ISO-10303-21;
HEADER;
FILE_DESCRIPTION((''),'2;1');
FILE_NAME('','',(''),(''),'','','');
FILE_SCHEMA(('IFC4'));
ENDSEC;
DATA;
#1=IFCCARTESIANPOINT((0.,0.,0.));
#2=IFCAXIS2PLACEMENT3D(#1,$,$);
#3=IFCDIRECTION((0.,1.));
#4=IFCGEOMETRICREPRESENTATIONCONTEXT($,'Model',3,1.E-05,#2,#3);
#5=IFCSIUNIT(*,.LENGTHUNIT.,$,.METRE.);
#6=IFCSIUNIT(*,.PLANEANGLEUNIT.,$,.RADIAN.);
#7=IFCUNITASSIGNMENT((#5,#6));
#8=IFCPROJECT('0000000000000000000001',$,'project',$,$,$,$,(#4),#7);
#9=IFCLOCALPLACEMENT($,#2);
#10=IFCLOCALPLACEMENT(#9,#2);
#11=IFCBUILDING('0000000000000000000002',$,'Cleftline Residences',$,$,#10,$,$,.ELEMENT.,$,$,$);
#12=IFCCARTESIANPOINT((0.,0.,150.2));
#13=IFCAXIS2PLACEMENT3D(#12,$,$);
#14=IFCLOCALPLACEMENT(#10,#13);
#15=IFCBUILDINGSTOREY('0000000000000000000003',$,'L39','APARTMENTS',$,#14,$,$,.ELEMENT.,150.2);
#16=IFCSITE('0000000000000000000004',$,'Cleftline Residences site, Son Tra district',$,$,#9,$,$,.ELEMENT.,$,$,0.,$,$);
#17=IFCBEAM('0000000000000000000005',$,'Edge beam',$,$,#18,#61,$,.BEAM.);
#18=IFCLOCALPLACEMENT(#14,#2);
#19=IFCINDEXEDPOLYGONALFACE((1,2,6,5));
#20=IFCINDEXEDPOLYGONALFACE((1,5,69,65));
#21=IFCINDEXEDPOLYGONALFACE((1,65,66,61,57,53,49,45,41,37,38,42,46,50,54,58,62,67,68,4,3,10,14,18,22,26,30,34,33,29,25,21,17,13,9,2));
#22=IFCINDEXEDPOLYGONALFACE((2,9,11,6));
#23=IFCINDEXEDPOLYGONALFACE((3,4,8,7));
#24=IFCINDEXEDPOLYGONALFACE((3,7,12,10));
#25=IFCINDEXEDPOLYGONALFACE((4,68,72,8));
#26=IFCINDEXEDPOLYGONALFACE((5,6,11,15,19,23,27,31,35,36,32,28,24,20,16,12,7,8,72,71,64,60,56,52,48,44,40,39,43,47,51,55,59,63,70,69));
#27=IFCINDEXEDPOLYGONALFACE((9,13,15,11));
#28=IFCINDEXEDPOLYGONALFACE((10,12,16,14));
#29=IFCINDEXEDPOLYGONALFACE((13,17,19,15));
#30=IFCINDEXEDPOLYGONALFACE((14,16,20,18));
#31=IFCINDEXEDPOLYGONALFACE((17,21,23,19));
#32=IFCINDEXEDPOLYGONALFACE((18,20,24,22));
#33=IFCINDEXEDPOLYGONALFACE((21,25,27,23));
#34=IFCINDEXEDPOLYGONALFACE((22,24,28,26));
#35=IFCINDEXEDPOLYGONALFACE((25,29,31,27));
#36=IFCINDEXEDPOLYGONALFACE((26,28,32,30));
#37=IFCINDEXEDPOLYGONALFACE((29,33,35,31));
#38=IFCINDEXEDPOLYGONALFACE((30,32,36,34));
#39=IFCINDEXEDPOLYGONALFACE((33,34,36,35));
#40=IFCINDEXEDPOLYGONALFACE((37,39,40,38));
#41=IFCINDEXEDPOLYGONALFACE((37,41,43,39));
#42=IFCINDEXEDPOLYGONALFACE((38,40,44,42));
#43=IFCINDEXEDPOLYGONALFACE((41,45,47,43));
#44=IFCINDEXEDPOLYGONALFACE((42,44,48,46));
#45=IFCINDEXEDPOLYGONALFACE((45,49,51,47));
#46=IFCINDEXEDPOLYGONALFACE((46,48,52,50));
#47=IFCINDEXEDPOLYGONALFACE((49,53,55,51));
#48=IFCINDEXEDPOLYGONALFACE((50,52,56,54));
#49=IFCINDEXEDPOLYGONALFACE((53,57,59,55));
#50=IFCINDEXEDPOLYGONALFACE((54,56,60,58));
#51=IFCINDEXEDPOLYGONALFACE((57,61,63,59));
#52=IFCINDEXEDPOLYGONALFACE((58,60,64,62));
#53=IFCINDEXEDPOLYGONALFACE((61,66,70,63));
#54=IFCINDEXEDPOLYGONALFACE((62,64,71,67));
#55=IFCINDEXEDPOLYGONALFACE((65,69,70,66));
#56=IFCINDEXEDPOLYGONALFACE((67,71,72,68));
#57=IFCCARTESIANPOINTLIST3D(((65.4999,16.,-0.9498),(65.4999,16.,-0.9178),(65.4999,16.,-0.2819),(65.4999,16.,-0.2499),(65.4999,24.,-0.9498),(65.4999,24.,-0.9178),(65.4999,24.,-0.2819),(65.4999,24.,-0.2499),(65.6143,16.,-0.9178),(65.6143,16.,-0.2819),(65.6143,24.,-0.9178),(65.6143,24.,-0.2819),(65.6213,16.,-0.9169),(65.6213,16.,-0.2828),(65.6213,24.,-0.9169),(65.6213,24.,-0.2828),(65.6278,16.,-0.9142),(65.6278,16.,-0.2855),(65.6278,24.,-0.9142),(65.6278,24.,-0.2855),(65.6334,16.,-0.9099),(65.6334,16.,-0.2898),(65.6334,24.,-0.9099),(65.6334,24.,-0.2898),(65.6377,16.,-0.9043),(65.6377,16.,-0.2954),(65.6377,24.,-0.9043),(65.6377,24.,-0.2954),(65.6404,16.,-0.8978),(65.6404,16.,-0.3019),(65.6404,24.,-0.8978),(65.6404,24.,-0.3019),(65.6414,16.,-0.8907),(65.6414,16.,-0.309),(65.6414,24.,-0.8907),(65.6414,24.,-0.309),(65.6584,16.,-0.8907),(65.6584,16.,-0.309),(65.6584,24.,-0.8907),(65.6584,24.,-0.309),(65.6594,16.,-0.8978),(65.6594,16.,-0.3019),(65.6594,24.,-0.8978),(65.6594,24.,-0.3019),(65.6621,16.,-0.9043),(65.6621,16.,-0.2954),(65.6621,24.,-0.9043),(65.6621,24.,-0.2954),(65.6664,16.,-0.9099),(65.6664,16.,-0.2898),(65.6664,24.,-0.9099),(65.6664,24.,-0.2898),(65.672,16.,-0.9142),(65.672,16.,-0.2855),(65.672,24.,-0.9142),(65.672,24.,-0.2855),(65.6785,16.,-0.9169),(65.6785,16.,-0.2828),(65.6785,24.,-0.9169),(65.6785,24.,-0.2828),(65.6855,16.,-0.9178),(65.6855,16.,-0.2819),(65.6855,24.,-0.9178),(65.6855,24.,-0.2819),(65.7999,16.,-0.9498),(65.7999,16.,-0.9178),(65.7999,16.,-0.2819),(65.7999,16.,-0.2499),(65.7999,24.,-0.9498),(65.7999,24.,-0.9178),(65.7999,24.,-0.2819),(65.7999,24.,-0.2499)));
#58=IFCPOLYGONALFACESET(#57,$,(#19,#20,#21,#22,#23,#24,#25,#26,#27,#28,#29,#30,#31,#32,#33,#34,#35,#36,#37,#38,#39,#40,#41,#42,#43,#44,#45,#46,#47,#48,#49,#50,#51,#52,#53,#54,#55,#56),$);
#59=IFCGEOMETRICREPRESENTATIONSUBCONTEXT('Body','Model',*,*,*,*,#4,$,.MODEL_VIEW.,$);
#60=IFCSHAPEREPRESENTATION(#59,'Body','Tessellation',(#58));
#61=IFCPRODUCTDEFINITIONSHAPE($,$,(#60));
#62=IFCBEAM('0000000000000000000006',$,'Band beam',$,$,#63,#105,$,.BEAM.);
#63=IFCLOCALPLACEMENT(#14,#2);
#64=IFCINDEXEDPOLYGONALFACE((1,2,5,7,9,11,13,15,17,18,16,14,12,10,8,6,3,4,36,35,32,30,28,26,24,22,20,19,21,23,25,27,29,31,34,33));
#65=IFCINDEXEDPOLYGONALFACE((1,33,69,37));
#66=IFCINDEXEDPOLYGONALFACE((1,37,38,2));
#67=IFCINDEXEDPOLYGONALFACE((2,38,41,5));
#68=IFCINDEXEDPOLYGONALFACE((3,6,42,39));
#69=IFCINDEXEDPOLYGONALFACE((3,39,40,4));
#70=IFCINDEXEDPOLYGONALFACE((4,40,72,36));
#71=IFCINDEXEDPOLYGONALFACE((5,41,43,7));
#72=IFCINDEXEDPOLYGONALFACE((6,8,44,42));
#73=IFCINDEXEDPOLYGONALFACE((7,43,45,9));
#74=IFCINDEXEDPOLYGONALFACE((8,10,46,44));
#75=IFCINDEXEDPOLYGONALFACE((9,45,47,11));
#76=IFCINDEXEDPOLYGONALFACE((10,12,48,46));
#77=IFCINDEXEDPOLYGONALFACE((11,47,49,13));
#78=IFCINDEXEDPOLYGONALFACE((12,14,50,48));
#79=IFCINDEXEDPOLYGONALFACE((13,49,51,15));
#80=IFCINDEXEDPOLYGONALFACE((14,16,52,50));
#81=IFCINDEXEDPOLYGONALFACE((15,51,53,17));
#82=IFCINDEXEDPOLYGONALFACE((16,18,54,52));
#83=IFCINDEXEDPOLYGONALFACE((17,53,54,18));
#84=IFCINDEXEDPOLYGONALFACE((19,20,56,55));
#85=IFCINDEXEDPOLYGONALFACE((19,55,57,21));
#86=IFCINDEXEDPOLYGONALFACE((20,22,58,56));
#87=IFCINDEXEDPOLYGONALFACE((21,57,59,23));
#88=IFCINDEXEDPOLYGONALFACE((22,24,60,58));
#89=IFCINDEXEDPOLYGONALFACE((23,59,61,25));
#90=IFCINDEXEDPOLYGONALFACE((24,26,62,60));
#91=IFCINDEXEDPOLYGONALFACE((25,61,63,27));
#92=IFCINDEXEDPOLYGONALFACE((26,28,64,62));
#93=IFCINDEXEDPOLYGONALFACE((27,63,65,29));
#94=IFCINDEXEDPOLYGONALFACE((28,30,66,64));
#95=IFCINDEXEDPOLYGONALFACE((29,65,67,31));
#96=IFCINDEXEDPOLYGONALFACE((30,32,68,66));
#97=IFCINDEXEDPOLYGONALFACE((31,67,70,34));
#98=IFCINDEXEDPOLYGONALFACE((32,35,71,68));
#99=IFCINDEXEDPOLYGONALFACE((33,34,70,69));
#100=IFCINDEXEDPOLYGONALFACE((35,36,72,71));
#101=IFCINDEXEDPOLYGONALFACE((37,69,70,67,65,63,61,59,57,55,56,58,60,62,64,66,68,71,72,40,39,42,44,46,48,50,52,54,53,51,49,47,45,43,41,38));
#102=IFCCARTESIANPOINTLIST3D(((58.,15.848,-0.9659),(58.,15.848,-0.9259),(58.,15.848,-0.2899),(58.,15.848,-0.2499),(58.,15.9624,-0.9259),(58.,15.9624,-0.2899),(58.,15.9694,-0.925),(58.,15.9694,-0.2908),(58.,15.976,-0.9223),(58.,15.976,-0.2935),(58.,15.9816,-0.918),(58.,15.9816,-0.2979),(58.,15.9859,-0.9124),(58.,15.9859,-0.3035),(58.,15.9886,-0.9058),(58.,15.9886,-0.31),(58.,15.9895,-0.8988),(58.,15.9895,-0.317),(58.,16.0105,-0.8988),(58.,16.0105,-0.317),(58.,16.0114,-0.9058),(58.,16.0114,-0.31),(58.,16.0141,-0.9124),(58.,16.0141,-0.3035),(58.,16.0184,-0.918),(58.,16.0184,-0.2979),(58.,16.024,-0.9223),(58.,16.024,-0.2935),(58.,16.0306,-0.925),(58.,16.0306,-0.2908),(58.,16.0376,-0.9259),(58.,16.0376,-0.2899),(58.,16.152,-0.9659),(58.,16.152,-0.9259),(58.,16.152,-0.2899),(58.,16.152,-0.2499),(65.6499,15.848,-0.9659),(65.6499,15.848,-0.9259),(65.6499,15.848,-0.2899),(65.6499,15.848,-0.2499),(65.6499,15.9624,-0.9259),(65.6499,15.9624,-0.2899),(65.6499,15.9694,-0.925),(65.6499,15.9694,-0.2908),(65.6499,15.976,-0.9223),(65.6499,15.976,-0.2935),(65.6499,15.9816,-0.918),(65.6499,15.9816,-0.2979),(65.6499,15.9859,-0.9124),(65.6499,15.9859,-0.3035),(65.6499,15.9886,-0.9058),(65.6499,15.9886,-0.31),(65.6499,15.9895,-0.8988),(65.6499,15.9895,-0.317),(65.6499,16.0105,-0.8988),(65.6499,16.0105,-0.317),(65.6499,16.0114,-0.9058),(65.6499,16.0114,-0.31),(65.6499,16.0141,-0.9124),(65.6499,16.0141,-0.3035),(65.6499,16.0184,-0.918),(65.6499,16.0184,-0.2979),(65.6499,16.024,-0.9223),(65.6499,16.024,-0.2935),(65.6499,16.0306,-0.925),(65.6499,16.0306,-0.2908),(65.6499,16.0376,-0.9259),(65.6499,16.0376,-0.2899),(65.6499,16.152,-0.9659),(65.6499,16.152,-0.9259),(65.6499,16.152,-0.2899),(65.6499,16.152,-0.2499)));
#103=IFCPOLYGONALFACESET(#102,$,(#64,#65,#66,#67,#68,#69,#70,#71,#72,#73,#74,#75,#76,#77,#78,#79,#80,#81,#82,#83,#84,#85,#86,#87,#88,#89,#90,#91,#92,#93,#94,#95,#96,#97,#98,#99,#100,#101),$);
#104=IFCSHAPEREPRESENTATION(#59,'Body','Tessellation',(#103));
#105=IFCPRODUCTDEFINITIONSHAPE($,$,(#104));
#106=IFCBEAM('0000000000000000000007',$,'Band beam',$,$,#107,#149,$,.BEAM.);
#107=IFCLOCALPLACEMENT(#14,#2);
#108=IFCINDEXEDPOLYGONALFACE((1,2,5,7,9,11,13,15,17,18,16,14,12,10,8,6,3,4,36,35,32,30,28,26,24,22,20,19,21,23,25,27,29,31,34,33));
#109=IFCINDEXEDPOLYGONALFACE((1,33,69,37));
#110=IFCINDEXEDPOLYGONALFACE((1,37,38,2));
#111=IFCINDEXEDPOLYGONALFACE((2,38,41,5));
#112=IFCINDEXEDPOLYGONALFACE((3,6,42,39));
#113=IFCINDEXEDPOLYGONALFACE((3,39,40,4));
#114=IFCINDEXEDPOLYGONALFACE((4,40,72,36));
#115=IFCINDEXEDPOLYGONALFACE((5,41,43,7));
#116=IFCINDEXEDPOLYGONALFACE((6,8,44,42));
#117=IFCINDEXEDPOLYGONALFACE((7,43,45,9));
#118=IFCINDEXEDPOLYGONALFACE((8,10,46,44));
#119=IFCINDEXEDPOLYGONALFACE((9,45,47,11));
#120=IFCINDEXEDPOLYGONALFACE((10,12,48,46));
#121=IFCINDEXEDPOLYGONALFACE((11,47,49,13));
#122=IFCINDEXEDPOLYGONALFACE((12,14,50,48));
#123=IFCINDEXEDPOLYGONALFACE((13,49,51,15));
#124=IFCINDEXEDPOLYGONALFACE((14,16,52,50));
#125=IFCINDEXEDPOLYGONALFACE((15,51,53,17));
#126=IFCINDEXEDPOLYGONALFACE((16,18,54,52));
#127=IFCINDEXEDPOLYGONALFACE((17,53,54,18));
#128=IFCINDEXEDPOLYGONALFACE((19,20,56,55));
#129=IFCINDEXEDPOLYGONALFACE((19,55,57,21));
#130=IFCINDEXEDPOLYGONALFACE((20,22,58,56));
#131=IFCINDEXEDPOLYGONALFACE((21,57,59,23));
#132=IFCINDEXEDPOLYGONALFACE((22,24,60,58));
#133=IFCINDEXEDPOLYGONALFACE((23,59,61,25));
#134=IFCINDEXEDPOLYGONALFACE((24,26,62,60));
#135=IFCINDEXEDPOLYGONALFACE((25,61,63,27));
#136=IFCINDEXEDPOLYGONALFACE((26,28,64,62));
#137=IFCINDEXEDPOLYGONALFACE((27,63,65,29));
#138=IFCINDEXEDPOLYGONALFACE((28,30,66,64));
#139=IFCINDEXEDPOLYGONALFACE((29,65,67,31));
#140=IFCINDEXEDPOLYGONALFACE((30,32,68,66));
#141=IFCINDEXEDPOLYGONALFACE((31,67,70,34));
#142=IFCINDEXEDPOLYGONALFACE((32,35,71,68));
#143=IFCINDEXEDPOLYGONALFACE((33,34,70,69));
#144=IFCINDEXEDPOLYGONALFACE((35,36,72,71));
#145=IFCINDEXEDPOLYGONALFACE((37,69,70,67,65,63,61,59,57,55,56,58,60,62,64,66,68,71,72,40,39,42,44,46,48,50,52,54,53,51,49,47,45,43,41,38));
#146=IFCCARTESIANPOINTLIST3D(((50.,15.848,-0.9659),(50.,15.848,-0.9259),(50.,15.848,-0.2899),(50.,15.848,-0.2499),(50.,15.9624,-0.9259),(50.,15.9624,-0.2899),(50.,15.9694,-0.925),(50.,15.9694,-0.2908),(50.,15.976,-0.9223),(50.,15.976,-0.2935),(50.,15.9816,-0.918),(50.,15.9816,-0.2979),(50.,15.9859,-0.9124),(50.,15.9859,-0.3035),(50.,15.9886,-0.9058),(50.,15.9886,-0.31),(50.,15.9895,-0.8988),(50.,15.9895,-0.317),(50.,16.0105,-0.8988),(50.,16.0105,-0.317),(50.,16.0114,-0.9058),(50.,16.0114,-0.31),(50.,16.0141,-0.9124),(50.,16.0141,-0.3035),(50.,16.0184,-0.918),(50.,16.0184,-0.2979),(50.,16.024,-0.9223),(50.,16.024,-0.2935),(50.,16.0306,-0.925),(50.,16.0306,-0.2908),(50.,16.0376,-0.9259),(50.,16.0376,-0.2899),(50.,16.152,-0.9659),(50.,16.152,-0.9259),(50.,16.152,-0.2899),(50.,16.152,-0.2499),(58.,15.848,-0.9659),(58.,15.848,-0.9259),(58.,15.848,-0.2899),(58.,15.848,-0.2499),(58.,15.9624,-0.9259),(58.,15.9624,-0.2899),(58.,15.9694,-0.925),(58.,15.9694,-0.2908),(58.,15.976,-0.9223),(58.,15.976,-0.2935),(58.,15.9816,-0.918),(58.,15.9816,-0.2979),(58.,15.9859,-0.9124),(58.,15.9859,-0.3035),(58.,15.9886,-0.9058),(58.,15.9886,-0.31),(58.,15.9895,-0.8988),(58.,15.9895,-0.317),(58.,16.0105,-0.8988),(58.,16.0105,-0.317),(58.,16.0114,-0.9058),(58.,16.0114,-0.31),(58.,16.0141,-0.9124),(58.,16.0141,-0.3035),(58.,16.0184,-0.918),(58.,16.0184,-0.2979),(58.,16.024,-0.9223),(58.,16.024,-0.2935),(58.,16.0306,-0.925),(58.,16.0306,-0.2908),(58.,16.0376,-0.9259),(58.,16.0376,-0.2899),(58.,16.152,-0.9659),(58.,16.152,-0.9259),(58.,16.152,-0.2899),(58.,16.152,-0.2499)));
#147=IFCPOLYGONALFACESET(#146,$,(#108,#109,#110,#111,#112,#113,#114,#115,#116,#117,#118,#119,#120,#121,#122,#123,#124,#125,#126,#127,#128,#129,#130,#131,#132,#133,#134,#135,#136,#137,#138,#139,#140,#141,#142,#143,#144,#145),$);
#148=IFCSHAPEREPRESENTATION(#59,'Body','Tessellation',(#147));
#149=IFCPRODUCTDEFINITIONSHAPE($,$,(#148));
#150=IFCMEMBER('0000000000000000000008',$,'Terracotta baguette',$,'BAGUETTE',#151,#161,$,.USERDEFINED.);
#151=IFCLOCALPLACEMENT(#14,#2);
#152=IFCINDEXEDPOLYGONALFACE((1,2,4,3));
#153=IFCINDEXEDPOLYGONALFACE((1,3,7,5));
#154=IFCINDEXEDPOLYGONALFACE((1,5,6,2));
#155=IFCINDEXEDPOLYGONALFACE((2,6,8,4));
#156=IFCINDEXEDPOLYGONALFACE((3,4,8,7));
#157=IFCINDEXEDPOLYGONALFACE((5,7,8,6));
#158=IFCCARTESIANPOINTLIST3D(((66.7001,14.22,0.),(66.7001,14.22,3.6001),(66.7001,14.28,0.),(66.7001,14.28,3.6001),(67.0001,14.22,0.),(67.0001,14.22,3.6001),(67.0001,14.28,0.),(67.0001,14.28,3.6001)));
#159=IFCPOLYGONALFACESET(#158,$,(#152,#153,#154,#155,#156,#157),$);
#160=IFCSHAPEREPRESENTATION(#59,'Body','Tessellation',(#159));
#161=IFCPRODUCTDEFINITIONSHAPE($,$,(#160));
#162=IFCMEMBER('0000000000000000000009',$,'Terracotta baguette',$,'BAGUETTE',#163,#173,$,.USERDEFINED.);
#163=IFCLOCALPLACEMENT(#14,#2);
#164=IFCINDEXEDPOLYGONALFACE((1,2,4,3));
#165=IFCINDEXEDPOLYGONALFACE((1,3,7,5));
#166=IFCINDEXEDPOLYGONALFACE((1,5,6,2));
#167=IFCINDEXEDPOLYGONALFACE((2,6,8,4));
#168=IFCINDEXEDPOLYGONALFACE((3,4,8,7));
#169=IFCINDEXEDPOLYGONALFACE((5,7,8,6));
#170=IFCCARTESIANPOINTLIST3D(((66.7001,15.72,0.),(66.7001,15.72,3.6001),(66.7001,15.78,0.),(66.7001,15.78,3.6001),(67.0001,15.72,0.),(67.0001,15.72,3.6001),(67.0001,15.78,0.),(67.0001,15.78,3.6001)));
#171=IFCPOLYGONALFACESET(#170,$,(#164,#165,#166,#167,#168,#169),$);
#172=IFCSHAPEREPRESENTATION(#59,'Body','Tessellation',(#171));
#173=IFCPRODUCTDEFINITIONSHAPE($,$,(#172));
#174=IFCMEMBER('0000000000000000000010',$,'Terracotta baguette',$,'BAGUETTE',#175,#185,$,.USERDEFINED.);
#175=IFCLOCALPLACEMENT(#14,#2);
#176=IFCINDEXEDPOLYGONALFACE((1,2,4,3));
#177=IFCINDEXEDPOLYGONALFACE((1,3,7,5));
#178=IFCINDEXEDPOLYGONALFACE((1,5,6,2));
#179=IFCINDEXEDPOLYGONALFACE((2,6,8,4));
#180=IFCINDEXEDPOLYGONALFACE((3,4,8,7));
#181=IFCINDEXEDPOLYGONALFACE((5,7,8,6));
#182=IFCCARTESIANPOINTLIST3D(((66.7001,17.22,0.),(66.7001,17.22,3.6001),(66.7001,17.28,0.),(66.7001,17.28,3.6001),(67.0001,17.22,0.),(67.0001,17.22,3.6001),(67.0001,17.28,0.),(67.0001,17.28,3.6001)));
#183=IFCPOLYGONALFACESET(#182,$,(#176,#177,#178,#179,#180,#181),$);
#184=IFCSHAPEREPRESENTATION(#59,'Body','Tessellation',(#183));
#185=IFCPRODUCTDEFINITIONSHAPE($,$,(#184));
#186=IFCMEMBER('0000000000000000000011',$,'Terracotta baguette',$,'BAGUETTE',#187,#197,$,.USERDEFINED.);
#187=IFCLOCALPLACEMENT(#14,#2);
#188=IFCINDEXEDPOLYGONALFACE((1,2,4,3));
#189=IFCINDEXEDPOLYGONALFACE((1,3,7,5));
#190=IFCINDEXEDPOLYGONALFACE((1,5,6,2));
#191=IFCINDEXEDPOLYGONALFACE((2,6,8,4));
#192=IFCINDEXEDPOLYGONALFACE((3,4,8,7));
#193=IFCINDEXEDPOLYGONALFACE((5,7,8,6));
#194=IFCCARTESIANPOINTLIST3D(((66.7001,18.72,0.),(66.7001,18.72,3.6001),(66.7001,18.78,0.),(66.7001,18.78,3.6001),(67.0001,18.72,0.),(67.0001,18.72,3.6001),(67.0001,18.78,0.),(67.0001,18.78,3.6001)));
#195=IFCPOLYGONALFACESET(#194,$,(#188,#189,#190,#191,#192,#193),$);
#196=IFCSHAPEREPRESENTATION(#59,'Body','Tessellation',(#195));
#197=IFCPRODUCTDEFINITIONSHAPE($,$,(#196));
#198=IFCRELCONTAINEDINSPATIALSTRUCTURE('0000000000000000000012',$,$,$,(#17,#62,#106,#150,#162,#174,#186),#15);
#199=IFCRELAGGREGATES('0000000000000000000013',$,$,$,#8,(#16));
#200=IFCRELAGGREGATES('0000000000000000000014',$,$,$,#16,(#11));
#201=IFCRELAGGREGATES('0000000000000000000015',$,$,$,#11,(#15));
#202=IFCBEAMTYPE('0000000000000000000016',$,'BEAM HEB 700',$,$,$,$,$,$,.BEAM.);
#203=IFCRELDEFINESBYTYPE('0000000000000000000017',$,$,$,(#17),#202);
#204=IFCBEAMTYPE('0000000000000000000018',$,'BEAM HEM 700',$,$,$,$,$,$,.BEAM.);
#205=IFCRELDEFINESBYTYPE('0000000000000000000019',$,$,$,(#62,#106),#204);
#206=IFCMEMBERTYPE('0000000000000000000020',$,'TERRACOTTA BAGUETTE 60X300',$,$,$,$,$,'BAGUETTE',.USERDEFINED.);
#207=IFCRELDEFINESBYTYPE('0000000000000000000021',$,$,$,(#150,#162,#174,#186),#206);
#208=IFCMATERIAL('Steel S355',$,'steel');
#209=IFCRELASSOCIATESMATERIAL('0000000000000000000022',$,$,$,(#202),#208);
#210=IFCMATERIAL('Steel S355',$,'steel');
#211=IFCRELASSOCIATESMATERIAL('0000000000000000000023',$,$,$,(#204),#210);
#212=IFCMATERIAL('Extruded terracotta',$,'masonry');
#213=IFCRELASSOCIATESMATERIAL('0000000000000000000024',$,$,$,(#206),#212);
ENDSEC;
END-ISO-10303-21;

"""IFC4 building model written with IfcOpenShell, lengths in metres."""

from ifc_helpers import new_model, si_unit, direction, frame, origin, origin_2d, place, context, subcontext, project, spatial, rectangle, i_section, extrude, material, material_profile, profile_set, type_object, element, save


model = new_model("IFC4")

# Units and contexts
model_context = context("Model", 3, precision=1e-05, world=origin(), true_north=direction((0.0, 1.0)))
body_context = subcontext(model_context, "Body", "Model", "MODEL_VIEW")
ifc_project = project(units=[si_unit("LENGTHUNIT", "METRE"), si_unit("PLANEANGLEUNIT", "RADIAN")], contexts=[model_context])

# Site, building, storey
site_placement = place(None, origin())
site = spatial("IfcSite", under=ifc_project, at=site_placement, Name="Cleftline Residences site, Son Tra district", CompositionType="ELEMENT", RefElevation=0.0)
building_placement = place(site_placement, origin())
building = spatial("IfcBuilding", under=site, at=building_placement, Name="Cleftline Residences", CompositionType="ELEMENT")
storey_placement = place(building_placement, frame((0.0, 0.0, 150.2)))
storey = spatial("IfcBuildingStorey", under=building, at=storey_placement, Name="L39", Description="APARTMENTS", CompositionType="ELEMENT", Elevation=150.2)

# Beams
ifc_material_1 = material(Name="Steel S355", Category="steel")
ifc_material_profile_1 = material_profile(ifc_material_1, i_section(OverallWidth=0.3, OverallDepth=0.7, WebThickness=0.0171, FlangeThickness=0.032, FilletRadius=0.0271, at=origin_2d()))
ifc_profile_set_1 = profile_set([ifc_material_profile_1], Name="Steel S355")
beam_type_1 = type_object("IfcBeamType", Name="BEAM HEB 700", PredefinedType="BEAM", material=ifc_profile_set_1)
beam_1_placement = place(storey_placement, frame((65.6499, 16.0, -0.5999), z_axis=(0.0, 1.0, 0.0), x_axis=(-1.0, 0.0, 0.0)))
element("IfcBeam", 1, at=beam_1_placement, inside=storey, type_object=beam_type_1, Name="Edge beam", PredefinedType="BEAM", context=body_context, shape_type="SweptSolid", body=[
    extrude(i_section(OverallWidth=0.3, OverallDepth=0.7, WebThickness=0.0171, FlangeThickness=0.032, FilletRadius=0.0271, at=origin_2d()), origin(), (0.0, 0.0, 1.0), 8.0),
])
ifc_material_2 = material(Name="Steel S355", Category="steel")
ifc_material_profile_2 = material_profile(ifc_material_2, i_section(OverallWidth=0.304, OverallDepth=0.7161, WebThickness=0.021, FlangeThickness=0.04, FilletRadius=0.0271, at=origin_2d()))
ifc_profile_set_2 = profile_set([ifc_material_profile_2], Name="Steel S355")
beam_type_2 = type_object("IfcBeamType", Name="BEAM HEM 700", PredefinedType="BEAM", material=ifc_profile_set_2)
beam_2_placement = place(storey_placement, frame((65.6499, 16.0, -0.6079), z_axis=(-1.0, 0.0, 0.0), x_axis=(0.0, -1.0, 0.0)))
element("IfcBeam", 2, at=beam_2_placement, inside=storey, type_object=beam_type_2, Name="Band beam", PredefinedType="BEAM", context=body_context, shape_type="SweptSolid", body=[
    extrude(i_section(OverallWidth=0.304, OverallDepth=0.7161, WebThickness=0.021, FlangeThickness=0.04, FilletRadius=0.0271, at=origin_2d()), origin(), (0.0, 0.0, 1.0), 7.6499),
])
beam_3_placement = place(storey_placement, frame((58.0, 16.0, -0.6079), z_axis=(-1.0, 0.0, 0.0), x_axis=(0.0, -1.0, 0.0)))
element("IfcBeam", 3, at=beam_3_placement, inside=storey, type_object=beam_type_2, Name="Band beam", PredefinedType="BEAM", context=body_context, shape_type="SweptSolid", body=[
    extrude(i_section(OverallWidth=0.304, OverallDepth=0.7161, WebThickness=0.021, FlangeThickness=0.04, FilletRadius=0.0271, at=origin_2d()), origin(), (0.0, 0.0, 1.0), 8.0),
])

# Members
ifc_material_3 = material(Name="Extruded terracotta", Category="masonry")
ifc_material_profile_3 = material_profile(ifc_material_3, rectangle(XDim=0.0601, YDim=0.3, at=origin_2d()))
ifc_profile_set_3 = profile_set([ifc_material_profile_3], Name="Extruded terracotta")
member_type_1 = type_object("IfcMemberType", Name="TERRACOTTA BAGUETTE 60X300", ElementType="BAGUETTE", PredefinedType="USERDEFINED", material=ifc_profile_set_3)
for number, where, z_axis, x_axis, name in (
    (4, (66.8501, 14.25, 0.0), (0.0, 0.0, 1.0), (0.0, 1.0, 0.0), "Terracotta baguette"),
    (5, (66.8501, 15.75, 0.0), (0.0, 0.0, 1.0), (0.0, 1.0, 0.0), "Terracotta baguette"),
    (6, (66.8501, 17.25, 0.0), (0.0, 0.0, 1.0), (0.0, 1.0, 0.0), "Terracotta baguette"),
    (7, (66.8501, 18.75, 0.0), (0.0, 0.0, 1.0), (0.0, 1.0, 0.0), "Terracotta baguette"),
):
    element("IfcMember", number, at=place(storey_placement, frame(where, z_axis=z_axis, x_axis=x_axis)), inside=storey, type_object=member_type_1, Name=name, ObjectType="BAGUETTE", PredefinedType="USERDEFINED", context=body_context, shape_type="SweptSolid", body=[
        extrude(rectangle(XDim=0.0601, YDim=0.3, at=origin_2d()), origin(), (0.0, 0.0, 1.0), 3.6001),
    ])

save(model, "model.ifc")
